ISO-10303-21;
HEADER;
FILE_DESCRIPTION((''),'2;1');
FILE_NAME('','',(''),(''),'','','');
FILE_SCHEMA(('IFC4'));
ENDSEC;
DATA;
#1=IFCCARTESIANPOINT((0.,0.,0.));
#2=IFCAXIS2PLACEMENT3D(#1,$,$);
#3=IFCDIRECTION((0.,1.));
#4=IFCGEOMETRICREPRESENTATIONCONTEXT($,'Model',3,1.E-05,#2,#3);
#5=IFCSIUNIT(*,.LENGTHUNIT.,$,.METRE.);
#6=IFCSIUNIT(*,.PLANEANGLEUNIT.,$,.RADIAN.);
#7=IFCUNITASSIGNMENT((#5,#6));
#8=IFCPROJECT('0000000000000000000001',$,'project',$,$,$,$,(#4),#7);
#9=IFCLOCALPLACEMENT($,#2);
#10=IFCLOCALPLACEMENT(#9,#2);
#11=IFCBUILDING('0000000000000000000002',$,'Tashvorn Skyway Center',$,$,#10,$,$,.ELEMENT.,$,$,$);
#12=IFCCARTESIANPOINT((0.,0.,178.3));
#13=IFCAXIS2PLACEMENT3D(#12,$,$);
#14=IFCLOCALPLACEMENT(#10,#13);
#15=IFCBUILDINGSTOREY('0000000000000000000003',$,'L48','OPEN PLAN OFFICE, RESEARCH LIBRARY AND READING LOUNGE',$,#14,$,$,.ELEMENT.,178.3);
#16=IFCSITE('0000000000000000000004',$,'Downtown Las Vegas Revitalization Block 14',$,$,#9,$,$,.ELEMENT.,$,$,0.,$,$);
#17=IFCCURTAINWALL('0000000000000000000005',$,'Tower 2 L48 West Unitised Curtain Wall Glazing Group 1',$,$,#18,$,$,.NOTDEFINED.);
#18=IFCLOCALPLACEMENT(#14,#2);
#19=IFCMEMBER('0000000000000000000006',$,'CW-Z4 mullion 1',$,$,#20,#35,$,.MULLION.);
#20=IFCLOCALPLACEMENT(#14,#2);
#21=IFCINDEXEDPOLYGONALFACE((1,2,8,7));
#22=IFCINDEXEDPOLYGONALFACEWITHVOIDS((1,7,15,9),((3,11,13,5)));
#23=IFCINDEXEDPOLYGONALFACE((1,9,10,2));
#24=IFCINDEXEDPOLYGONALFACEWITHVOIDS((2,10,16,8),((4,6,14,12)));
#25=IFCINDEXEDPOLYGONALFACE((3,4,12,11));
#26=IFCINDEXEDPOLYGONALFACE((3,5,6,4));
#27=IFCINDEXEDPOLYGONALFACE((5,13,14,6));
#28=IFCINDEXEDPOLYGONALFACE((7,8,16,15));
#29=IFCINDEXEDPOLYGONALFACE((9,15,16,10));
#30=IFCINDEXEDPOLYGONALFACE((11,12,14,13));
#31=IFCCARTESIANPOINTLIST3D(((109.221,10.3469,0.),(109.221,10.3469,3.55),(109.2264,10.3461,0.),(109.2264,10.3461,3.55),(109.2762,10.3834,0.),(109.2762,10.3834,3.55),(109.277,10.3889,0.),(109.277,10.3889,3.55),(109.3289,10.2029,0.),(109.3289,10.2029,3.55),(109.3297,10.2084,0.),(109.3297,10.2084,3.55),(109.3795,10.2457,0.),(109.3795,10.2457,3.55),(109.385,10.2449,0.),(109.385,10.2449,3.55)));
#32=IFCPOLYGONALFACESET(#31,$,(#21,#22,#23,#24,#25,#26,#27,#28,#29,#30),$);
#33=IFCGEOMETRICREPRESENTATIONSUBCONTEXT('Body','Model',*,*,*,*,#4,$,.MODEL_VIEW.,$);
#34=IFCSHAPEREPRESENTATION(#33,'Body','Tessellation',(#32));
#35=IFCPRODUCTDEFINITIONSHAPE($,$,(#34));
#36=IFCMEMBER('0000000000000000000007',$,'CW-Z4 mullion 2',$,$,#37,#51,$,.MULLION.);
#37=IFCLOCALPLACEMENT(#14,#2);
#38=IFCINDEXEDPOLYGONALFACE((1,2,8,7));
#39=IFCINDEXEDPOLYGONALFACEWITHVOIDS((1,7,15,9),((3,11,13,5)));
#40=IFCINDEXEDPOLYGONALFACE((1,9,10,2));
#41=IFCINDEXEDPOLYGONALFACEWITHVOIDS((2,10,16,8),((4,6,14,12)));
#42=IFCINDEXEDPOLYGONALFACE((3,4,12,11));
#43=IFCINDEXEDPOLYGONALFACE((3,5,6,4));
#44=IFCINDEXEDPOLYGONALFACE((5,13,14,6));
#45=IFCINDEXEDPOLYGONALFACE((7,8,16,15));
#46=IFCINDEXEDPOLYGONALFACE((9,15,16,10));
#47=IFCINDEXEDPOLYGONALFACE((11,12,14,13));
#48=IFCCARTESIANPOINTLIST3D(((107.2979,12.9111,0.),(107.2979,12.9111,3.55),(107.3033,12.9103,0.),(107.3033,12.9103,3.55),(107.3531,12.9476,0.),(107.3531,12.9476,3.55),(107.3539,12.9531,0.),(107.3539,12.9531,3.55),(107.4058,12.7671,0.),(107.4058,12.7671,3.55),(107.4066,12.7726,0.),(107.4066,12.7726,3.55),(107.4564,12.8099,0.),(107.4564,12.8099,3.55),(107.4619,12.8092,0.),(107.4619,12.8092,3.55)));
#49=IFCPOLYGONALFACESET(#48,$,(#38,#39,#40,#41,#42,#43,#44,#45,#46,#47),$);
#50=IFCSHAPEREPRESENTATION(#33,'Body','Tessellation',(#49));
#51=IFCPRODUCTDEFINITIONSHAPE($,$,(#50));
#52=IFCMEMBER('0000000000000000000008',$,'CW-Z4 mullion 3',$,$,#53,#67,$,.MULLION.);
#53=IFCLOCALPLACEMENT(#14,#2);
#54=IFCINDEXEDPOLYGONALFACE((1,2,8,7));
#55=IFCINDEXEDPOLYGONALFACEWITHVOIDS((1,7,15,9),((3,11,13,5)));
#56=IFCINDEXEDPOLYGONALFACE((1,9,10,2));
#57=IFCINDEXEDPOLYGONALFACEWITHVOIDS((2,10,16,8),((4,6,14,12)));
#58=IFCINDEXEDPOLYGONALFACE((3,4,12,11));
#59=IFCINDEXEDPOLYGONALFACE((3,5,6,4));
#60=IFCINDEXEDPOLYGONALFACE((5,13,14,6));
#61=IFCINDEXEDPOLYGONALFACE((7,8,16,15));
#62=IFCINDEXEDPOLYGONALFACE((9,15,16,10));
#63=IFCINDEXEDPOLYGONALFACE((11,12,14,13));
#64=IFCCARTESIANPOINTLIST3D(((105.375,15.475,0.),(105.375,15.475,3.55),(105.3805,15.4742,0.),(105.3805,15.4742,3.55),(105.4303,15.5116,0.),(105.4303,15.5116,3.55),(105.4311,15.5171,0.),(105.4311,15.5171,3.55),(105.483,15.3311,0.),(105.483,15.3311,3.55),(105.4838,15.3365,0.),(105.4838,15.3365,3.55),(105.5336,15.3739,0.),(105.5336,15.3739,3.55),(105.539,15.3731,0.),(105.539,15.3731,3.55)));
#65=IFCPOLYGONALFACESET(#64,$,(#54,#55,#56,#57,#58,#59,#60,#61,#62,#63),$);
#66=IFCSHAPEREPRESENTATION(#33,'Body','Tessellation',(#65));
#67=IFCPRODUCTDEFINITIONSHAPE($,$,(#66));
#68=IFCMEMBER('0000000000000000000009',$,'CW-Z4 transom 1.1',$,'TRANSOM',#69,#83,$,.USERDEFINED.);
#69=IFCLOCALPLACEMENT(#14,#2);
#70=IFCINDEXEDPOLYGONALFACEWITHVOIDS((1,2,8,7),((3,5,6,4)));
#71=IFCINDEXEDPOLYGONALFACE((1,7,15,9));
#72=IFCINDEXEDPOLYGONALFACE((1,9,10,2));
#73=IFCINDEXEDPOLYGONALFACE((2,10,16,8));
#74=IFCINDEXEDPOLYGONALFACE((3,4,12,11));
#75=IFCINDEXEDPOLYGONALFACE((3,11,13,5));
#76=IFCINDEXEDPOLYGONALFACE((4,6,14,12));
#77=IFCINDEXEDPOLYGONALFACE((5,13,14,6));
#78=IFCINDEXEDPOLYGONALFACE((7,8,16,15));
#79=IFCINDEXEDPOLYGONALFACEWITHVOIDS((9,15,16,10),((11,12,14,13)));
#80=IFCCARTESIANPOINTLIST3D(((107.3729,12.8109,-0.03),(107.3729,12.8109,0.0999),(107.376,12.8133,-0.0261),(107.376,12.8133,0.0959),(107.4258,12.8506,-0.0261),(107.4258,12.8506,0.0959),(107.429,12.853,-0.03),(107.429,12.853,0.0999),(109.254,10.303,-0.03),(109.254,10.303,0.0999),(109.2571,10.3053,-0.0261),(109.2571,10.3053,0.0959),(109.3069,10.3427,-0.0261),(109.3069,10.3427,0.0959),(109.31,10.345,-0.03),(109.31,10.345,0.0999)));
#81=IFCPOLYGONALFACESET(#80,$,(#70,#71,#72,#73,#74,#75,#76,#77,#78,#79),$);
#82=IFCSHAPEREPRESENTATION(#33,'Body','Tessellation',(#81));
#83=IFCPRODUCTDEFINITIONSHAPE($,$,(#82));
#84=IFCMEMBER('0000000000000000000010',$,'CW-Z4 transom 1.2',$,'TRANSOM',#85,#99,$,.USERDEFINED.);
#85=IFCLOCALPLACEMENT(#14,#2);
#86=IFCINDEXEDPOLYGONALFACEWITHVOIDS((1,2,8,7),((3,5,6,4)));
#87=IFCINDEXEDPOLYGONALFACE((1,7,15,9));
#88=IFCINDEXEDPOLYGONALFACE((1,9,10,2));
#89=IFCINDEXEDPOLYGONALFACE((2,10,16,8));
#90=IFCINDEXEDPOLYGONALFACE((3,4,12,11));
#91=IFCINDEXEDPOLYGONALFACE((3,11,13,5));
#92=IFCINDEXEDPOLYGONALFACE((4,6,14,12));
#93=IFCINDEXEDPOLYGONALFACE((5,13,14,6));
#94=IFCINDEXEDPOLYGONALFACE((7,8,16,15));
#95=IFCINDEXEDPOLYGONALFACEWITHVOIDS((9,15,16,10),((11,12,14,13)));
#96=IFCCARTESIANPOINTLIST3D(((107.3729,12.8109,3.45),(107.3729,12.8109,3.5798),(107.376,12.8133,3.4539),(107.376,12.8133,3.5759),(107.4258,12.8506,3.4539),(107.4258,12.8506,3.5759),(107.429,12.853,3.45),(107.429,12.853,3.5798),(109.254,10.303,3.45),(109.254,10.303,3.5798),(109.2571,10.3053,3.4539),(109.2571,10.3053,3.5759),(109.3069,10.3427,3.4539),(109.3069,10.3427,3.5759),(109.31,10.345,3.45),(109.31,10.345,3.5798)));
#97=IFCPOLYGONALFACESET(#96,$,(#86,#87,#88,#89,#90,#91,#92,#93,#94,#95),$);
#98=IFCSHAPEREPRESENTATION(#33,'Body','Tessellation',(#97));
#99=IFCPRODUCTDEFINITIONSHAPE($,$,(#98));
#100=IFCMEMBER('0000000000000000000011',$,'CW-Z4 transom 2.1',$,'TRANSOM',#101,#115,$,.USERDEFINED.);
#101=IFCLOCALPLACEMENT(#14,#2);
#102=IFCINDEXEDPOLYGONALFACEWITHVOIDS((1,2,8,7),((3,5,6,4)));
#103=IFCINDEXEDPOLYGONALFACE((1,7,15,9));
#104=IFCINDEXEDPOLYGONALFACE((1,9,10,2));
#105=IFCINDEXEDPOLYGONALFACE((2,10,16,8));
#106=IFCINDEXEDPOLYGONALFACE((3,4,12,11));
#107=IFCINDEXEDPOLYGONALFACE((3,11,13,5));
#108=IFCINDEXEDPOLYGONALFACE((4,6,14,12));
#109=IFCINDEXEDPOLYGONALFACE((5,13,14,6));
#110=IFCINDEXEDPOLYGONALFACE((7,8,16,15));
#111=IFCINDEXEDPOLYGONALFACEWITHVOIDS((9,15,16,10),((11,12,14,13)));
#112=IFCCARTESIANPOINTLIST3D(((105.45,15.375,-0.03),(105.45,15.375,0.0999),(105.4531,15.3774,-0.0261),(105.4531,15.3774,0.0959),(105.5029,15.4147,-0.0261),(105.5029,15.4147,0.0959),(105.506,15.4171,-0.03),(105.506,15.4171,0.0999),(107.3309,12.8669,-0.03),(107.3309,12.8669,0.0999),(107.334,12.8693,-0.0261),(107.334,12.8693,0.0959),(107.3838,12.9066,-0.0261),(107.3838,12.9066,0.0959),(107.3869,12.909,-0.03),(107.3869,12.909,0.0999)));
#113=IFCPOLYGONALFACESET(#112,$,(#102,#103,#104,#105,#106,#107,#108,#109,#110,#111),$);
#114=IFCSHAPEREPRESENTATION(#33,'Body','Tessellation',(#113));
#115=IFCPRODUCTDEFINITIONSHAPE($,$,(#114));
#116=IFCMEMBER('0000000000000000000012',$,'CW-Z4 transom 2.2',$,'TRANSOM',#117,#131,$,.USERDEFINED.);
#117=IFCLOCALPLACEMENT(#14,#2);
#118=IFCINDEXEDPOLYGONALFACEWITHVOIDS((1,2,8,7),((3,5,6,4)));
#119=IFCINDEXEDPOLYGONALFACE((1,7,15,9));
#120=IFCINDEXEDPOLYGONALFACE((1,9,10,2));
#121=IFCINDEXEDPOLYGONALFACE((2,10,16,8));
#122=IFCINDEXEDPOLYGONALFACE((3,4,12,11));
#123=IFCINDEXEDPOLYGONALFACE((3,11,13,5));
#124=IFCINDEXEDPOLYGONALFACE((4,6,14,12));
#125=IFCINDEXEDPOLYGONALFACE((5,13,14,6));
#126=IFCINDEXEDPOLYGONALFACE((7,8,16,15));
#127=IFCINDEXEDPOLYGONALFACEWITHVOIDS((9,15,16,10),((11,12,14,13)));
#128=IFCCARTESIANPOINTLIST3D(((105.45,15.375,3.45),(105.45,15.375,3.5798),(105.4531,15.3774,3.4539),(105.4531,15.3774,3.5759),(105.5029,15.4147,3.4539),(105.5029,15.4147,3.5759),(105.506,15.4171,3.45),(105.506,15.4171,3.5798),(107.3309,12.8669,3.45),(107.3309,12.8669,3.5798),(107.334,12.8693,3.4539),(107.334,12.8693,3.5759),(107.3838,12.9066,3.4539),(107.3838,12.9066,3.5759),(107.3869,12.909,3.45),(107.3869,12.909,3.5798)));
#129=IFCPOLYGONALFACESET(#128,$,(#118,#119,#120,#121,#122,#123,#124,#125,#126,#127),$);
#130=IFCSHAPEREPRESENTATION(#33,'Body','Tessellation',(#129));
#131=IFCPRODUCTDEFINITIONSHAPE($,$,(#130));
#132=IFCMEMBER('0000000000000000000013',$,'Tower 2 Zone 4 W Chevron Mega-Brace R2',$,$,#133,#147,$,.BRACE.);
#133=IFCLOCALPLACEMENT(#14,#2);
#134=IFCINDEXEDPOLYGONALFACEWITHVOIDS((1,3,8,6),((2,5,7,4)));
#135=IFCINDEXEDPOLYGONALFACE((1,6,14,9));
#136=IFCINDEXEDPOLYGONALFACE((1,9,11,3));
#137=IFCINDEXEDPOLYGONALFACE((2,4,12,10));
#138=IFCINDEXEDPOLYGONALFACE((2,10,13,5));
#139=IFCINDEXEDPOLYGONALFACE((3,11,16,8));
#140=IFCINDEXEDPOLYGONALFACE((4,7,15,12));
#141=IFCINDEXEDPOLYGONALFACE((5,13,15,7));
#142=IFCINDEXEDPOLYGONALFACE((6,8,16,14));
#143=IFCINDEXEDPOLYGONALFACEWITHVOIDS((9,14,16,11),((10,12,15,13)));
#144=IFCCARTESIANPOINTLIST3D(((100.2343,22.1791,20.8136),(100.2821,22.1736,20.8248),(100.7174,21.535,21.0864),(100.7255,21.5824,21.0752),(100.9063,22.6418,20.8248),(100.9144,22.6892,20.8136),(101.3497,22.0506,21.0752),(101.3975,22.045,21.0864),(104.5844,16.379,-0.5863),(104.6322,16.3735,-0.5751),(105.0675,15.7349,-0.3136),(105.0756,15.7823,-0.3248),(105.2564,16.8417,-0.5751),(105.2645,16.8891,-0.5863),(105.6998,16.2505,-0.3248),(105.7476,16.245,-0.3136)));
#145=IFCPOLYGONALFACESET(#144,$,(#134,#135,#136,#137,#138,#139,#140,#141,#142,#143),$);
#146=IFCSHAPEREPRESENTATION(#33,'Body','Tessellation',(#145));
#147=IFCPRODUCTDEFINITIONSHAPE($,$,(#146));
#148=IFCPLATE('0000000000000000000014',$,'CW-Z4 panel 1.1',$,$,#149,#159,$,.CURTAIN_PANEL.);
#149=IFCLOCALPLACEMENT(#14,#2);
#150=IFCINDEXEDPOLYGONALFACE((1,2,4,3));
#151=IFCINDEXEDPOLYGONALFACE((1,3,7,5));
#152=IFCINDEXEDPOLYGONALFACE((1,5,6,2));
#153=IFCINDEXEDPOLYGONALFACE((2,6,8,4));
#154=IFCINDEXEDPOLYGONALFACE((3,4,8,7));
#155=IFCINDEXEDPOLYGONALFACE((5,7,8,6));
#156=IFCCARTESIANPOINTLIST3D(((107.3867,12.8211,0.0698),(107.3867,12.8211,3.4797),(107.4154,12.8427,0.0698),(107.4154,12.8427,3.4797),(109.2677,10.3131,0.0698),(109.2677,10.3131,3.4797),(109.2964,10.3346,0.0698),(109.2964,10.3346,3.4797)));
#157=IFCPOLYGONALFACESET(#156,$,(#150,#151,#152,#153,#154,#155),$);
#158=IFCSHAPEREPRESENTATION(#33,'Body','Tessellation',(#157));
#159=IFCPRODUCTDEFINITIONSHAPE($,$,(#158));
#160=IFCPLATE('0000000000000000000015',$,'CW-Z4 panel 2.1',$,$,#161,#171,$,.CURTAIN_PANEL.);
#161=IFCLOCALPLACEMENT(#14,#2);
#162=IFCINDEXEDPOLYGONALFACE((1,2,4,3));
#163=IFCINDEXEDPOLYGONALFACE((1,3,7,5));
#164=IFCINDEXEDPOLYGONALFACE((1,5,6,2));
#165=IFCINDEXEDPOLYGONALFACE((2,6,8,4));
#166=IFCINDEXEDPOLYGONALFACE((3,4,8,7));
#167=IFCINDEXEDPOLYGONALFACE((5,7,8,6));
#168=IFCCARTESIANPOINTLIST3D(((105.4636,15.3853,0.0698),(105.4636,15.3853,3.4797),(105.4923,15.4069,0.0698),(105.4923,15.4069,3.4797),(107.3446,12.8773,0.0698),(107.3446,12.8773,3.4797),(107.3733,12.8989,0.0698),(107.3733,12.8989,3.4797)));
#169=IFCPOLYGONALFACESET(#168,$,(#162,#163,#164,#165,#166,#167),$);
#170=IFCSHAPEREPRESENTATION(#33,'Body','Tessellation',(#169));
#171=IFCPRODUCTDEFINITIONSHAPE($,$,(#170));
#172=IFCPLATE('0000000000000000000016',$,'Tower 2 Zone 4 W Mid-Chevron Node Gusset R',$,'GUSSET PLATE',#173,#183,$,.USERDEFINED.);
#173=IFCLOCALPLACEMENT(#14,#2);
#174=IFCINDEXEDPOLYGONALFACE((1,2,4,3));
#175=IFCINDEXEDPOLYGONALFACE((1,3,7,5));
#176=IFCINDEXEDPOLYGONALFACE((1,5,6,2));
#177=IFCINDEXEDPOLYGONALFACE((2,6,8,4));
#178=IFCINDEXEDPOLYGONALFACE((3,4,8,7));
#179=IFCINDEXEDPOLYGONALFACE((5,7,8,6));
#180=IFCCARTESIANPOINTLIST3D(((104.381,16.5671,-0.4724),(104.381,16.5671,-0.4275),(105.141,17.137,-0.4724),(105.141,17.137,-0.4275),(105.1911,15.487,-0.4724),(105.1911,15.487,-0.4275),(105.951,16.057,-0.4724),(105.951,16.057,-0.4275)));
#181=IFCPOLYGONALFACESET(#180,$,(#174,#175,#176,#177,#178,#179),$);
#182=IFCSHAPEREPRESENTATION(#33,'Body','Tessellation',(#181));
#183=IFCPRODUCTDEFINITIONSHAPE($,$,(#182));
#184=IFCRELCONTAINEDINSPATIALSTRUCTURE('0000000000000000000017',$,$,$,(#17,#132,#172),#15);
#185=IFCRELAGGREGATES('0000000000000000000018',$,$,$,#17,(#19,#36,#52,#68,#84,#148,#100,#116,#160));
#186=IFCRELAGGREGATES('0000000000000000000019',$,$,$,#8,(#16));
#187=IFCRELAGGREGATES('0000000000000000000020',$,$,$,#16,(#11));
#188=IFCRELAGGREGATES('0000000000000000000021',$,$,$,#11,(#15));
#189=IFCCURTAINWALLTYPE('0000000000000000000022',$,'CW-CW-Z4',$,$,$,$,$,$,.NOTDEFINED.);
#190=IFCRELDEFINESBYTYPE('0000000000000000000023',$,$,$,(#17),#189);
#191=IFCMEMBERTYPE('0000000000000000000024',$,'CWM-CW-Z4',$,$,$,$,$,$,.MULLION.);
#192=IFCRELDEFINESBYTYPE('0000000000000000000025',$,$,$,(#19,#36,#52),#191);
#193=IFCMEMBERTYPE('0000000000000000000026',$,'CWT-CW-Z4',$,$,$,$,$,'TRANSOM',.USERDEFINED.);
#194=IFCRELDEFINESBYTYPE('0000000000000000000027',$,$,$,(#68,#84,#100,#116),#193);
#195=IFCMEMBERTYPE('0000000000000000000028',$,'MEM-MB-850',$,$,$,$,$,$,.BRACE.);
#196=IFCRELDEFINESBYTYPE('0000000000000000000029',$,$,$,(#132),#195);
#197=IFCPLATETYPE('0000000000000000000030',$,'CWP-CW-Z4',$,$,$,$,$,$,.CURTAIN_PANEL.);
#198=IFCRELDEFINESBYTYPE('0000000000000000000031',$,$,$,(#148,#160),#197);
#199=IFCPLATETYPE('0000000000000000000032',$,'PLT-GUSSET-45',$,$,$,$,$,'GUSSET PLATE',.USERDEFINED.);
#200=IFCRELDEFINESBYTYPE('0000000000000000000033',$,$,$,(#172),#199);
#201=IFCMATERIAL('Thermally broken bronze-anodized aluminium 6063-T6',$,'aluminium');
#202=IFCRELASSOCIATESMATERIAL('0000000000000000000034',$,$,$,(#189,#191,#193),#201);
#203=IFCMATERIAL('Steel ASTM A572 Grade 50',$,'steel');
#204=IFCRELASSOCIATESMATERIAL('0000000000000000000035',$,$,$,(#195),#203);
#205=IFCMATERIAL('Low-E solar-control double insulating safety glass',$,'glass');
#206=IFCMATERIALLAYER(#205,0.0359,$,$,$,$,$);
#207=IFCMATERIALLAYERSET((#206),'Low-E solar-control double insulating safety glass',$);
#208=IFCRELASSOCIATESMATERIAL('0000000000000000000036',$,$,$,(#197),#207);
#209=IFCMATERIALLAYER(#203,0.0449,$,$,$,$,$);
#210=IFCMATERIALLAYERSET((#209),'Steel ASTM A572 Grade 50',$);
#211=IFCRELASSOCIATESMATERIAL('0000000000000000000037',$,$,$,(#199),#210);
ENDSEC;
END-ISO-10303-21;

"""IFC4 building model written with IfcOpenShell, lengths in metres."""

from ifc_helpers import new_model, si_unit, direction, frame, origin, origin_2d, place, context, subcontext, project, spatial, rectangle, hollow_rectangle, extrude, material, layer, layer_set, material_profile, profile_set, type_object, element, aggregate, save


model = new_model("IFC4")

# Units and contexts
model_context = context("Model", 3, precision=1e-05, world=origin(), true_north=direction((0.0, 1.0)))
body_context = subcontext(model_context, "Body", "Model", "MODEL_VIEW")
ifc_project = project(units=[si_unit("LENGTHUNIT", "METRE"), si_unit("PLANEANGLEUNIT", "RADIAN")], contexts=[model_context])

# Site, building, storey
site_placement = place(None, origin())
site = spatial("IfcSite", under=ifc_project, at=site_placement, Name="Downtown Las Vegas Revitalization Block 14", CompositionType="ELEMENT", RefElevation=0.0)
building_placement = place(site_placement, origin())
building = spatial("IfcBuilding", under=site, at=building_placement, Name="Tashvorn Skyway Center", CompositionType="ELEMENT")
storey_placement = place(building_placement, frame((0.0, 0.0, 178.3)))
storey = spatial("IfcBuildingStorey", under=building, at=storey_placement, Name="L48", Description="OPEN PLAN OFFICE, RESEARCH LIBRARY AND READING LOUNGE", CompositionType="ELEMENT", Elevation=178.3)

# Shared definitions
ifc_material_1 = material(Name="Steel ASTM A572 Grade 50", Category="steel")

# Shared definitions
ifc_material_2 = material(Name="Thermally broken bronze-anodized aluminium 6063-T6", Category="aluminium")
curtain_wall_type = type_object("IfcCurtainWallType", Name="CW-CW-Z4", PredefinedType="NOTDEFINED", material=ifc_material_2)
ifc_material_profile_1 = material_profile(ifc_material_2, hollow_rectangle(XDim=0.0701, YDim=0.1799, WallThickness=0.0039, at=origin_2d()), Name="ALU-MULL-70x180")
ifc_profile_set_1 = profile_set([ifc_material_profile_1], Name="Thermally broken bronze-anodized aluminium 6063-T6")
member_type_1 = type_object("IfcMemberType", Name="CWM-CW-Z4", PredefinedType="MULLION", material=ifc_profile_set_1)

# Curtain wall, members
curtain_wall_1_placement = place(storey_placement, origin())
curtain_wall_1 = element("IfcCurtainWall", 1, at=curtain_wall_1_placement, inside=storey, type_object=curtain_wall_type, Name="Tower 2 L48 West Unitised Curtain Wall Glazing Group 1", PredefinedType="NOTDEFINED")
member_1_placement = place(storey_placement, frame((109.303, 10.2959, 0.0), z_axis=(0.0, 0.0, 1.0), x_axis=(-0.8, -0.6, 0.0)))
member_1 = element("IfcMember", 2, at=member_1_placement, type_object=member_type_1, Name="CW-Z4 mullion 1", PredefinedType="MULLION", context=body_context, shape_type="SweptSolid", body=[
    extrude(hollow_rectangle(XDim=0.0701, YDim=0.1799, WallThickness=0.0039, at=origin_2d()), origin(), (0.0, 0.0, 1.0), 3.55),
])
member_2_placement = place(storey_placement, frame((107.3799, 12.8601, 0.0), z_axis=(0.0, 0.0, 1.0), x_axis=(-0.8, -0.6, 0.0)))
member_2 = element("IfcMember", 3, at=member_2_placement, type_object=member_type_1, Name="CW-Z4 mullion 2", PredefinedType="MULLION", context=body_context, shape_type="SweptSolid", body=[
    extrude(hollow_rectangle(XDim=0.0701, YDim=0.1799, WallThickness=0.0039, at=origin_2d()), origin(), (0.0, 0.0, 1.0), 3.55),
])
member_3_placement = place(storey_placement, frame((105.457, 15.4241, 0.0), z_axis=(0.0, 0.0, 1.0), x_axis=(-0.8, -0.6, 0.0)))
member_3 = element("IfcMember", 4, at=member_3_placement, type_object=member_type_1, Name="CW-Z4 mullion 3", PredefinedType="MULLION", context=body_context, shape_type="SweptSolid", body=[
    extrude(hollow_rectangle(XDim=0.0701, YDim=0.1799, WallThickness=0.0039, at=origin_2d()), origin(), (0.0, 0.0, 1.0), 3.55),
])
ifc_material_profile_2 = material_profile(ifc_material_2, hollow_rectangle(XDim=0.0701, YDim=0.1299, WallThickness=0.0039, at=origin_2d()), Name="ALU-TRAN-70x130")
ifc_profile_set_2 = profile_set([ifc_material_profile_2], Name="Thermally broken bronze-anodized aluminium 6063-T6")
member_type_2 = type_object("IfcMemberType", Name="CWT-CW-Z4", ElementType="TRANSOM", PredefinedType="USERDEFINED", material=ifc_profile_set_2)
member_4_placement = place(storey_placement, frame((109.282, 10.324, 0.0349), z_axis=(-0.600012, 0.799991, 0.0), x_axis=(-0.799991, -0.600012, 0.0)))
member_4 = element("IfcMember", 5, at=member_4_placement, type_object=member_type_2, Name="CW-Z4 transom 1.1", ObjectType="TRANSOM", PredefinedType="USERDEFINED", context=body_context, shape_type="SweptSolid", body=[
    extrude(hollow_rectangle(XDim=0.0701, YDim=0.1299, WallThickness=0.0039, at=origin_2d()), origin(), (0.0, 0.0, 1.0), 3.135),
])
member_5_placement = place(storey_placement, frame((109.282, 10.324, 3.5149), z_axis=(-0.600012, 0.799991, 0.0), x_axis=(-0.799991, -0.600012, 0.0)))
member_5 = element("IfcMember", 6, at=member_5_placement, type_object=member_type_2, Name="CW-Z4 transom 1.2", ObjectType="TRANSOM", PredefinedType="USERDEFINED", context=body_context, shape_type="SweptSolid", body=[
    extrude(hollow_rectangle(XDim=0.0701, YDim=0.1299, WallThickness=0.0039, at=origin_2d()), origin(), (0.0, 0.0, 1.0), 3.135),
])
member_6_placement = place(storey_placement, frame((107.3589, 12.8879, 0.0349), z_axis=(-0.599963, 0.800028, 0.0), x_axis=(-0.800028, -0.599963, 0.0)))
member_6 = element("IfcMember", 7, at=member_6_placement, type_object=member_type_2, Name="CW-Z4 transom 2.1", ObjectType="TRANSOM", PredefinedType="USERDEFINED", context=body_context, shape_type="SweptSolid", body=[
    extrude(hollow_rectangle(XDim=0.0701, YDim=0.1299, WallThickness=0.0039, at=origin_2d()), origin(), (0.0, 0.0, 1.0), 3.135),
])
member_7_placement = place(storey_placement, frame((107.3589, 12.8879, 3.5149), z_axis=(-0.599963, 0.800028, 0.0), x_axis=(-0.800028, -0.599963, 0.0)))
member_7 = element("IfcMember", 8, at=member_7_placement, type_object=member_type_2, Name="CW-Z4 transom 2.2", ObjectType="TRANSOM", PredefinedType="USERDEFINED", context=body_context, shape_type="SweptSolid", body=[
    extrude(hollow_rectangle(XDim=0.0701, YDim=0.1299, WallThickness=0.0039, at=origin_2d()), origin(), (0.0, 0.0, 1.0), 3.135),
])

# Member
ifc_material_profile_3 = material_profile(ifc_material_1, hollow_rectangle(XDim=0.8501, YDim=0.8501, WallThickness=0.0349, at=origin_2d()), Name="BOX850x850x35")
ifc_profile_set_3 = profile_set([ifc_material_profile_3], Name="Steel ASTM A572 Grade 50")
member_type_3 = type_object("IfcMemberType", Name="MEM-MB-850", PredefinedType="BRACE", material=ifc_profile_set_3)
member_8_placement = place(storey_placement, frame((105.166, 16.312, -0.45), z_axis=(-0.192527, 0.2567, 0.947121), x_axis=(-0.799996, -0.600005, 0.0)))
element("IfcMember", 9, at=member_8_placement, inside=storey, type_object=member_type_3, Name="Tower 2 Zone 4 W Chevron Mega-Brace R2", PredefinedType="BRACE", context=body_context, shape_type="SweptSolid", body=[
    extrude(hollow_rectangle(XDim=0.8501, YDim=0.8501, WallThickness=0.0349, at=origin_2d()), origin(), (0.0, 0.0, 1.0), 22.5947),
])

# Plates
ifc_material_3 = material(Name="Low-E solar-control double insulating safety glass", Category="glass")
ifc_layer_1 = layer(ifc_material_3, 0.0359)
ifc_layer_set_1 = layer_set([ifc_layer_1], Name="Low-E solar-control double insulating safety glass")
plate_type_1 = type_object("IfcPlateType", Name="CWP-CW-Z4", PredefinedType="CURTAIN_PANEL", material=ifc_layer_set_1)
plate_1_placement = place(storey_placement, frame((108.3416, 11.5779, 0.0698), z_axis=(0.0, 0.0, 1.0), x_axis=(-0.6, 0.8, 0.0)))
plate_1 = element("IfcPlate", 10, at=plate_1_placement, type_object=plate_type_1, Name="CW-Z4 panel 1.1", PredefinedType="CURTAIN_PANEL", context=body_context, shape_type="SweptSolid", body=[
    extrude(rectangle(XDim=3.135, YDim=0.0359, at=origin_2d()), origin(), (0.0, 0.0, 1.0), 3.4099),
])
plate_2_placement = place(storey_placement, frame((106.4185, 14.1421, 0.0698), z_axis=(0.0, 0.0, 1.0), x_axis=(-0.6, 0.8, 0.0)))
plate_2 = element("IfcPlate", 11, at=plate_2_placement, type_object=plate_type_1, Name="CW-Z4 panel 2.1", PredefinedType="CURTAIN_PANEL", context=body_context, shape_type="SweptSolid", body=[
    extrude(rectangle(XDim=3.135, YDim=0.0359, at=origin_2d()), origin(), (0.0, 0.0, 1.0), 3.4099),
])
aggregate(curtain_wall_1, [member_1, member_2, member_3, member_4, member_5, plate_1, member_6, member_7, plate_2])
ifc_layer_2 = layer(ifc_material_1, 0.0449)
ifc_layer_set_2 = layer_set([ifc_layer_2], Name="Steel ASTM A572 Grade 50")
plate_type_2 = type_object("IfcPlateType", Name="PLT-GUSSET-45", ElementType="GUSSET PLATE", PredefinedType="USERDEFINED", material=ifc_layer_set_2)
plate_3_placement = place(storey_placement, frame((105.166, 16.312, -0.4724), z_axis=(0.0, 0.0, 1.0), x_axis=(0.6, -0.8, 0.0)))
element("IfcPlate", 12, at=plate_3_placement, inside=storey, type_object=plate_type_2, Name="Tower 2 Zone 4 W Mid-Chevron Node Gusset R", ObjectType="GUSSET PLATE", PredefinedType="USERDEFINED", context=body_context, shape_type="SweptSolid", body=[
    extrude(rectangle(XDim=1.3501, YDim=0.95, at=origin_2d()), origin(), (0.0, 0.0, 1.0), 0.0449),
])

save(model, "model.ifc")
